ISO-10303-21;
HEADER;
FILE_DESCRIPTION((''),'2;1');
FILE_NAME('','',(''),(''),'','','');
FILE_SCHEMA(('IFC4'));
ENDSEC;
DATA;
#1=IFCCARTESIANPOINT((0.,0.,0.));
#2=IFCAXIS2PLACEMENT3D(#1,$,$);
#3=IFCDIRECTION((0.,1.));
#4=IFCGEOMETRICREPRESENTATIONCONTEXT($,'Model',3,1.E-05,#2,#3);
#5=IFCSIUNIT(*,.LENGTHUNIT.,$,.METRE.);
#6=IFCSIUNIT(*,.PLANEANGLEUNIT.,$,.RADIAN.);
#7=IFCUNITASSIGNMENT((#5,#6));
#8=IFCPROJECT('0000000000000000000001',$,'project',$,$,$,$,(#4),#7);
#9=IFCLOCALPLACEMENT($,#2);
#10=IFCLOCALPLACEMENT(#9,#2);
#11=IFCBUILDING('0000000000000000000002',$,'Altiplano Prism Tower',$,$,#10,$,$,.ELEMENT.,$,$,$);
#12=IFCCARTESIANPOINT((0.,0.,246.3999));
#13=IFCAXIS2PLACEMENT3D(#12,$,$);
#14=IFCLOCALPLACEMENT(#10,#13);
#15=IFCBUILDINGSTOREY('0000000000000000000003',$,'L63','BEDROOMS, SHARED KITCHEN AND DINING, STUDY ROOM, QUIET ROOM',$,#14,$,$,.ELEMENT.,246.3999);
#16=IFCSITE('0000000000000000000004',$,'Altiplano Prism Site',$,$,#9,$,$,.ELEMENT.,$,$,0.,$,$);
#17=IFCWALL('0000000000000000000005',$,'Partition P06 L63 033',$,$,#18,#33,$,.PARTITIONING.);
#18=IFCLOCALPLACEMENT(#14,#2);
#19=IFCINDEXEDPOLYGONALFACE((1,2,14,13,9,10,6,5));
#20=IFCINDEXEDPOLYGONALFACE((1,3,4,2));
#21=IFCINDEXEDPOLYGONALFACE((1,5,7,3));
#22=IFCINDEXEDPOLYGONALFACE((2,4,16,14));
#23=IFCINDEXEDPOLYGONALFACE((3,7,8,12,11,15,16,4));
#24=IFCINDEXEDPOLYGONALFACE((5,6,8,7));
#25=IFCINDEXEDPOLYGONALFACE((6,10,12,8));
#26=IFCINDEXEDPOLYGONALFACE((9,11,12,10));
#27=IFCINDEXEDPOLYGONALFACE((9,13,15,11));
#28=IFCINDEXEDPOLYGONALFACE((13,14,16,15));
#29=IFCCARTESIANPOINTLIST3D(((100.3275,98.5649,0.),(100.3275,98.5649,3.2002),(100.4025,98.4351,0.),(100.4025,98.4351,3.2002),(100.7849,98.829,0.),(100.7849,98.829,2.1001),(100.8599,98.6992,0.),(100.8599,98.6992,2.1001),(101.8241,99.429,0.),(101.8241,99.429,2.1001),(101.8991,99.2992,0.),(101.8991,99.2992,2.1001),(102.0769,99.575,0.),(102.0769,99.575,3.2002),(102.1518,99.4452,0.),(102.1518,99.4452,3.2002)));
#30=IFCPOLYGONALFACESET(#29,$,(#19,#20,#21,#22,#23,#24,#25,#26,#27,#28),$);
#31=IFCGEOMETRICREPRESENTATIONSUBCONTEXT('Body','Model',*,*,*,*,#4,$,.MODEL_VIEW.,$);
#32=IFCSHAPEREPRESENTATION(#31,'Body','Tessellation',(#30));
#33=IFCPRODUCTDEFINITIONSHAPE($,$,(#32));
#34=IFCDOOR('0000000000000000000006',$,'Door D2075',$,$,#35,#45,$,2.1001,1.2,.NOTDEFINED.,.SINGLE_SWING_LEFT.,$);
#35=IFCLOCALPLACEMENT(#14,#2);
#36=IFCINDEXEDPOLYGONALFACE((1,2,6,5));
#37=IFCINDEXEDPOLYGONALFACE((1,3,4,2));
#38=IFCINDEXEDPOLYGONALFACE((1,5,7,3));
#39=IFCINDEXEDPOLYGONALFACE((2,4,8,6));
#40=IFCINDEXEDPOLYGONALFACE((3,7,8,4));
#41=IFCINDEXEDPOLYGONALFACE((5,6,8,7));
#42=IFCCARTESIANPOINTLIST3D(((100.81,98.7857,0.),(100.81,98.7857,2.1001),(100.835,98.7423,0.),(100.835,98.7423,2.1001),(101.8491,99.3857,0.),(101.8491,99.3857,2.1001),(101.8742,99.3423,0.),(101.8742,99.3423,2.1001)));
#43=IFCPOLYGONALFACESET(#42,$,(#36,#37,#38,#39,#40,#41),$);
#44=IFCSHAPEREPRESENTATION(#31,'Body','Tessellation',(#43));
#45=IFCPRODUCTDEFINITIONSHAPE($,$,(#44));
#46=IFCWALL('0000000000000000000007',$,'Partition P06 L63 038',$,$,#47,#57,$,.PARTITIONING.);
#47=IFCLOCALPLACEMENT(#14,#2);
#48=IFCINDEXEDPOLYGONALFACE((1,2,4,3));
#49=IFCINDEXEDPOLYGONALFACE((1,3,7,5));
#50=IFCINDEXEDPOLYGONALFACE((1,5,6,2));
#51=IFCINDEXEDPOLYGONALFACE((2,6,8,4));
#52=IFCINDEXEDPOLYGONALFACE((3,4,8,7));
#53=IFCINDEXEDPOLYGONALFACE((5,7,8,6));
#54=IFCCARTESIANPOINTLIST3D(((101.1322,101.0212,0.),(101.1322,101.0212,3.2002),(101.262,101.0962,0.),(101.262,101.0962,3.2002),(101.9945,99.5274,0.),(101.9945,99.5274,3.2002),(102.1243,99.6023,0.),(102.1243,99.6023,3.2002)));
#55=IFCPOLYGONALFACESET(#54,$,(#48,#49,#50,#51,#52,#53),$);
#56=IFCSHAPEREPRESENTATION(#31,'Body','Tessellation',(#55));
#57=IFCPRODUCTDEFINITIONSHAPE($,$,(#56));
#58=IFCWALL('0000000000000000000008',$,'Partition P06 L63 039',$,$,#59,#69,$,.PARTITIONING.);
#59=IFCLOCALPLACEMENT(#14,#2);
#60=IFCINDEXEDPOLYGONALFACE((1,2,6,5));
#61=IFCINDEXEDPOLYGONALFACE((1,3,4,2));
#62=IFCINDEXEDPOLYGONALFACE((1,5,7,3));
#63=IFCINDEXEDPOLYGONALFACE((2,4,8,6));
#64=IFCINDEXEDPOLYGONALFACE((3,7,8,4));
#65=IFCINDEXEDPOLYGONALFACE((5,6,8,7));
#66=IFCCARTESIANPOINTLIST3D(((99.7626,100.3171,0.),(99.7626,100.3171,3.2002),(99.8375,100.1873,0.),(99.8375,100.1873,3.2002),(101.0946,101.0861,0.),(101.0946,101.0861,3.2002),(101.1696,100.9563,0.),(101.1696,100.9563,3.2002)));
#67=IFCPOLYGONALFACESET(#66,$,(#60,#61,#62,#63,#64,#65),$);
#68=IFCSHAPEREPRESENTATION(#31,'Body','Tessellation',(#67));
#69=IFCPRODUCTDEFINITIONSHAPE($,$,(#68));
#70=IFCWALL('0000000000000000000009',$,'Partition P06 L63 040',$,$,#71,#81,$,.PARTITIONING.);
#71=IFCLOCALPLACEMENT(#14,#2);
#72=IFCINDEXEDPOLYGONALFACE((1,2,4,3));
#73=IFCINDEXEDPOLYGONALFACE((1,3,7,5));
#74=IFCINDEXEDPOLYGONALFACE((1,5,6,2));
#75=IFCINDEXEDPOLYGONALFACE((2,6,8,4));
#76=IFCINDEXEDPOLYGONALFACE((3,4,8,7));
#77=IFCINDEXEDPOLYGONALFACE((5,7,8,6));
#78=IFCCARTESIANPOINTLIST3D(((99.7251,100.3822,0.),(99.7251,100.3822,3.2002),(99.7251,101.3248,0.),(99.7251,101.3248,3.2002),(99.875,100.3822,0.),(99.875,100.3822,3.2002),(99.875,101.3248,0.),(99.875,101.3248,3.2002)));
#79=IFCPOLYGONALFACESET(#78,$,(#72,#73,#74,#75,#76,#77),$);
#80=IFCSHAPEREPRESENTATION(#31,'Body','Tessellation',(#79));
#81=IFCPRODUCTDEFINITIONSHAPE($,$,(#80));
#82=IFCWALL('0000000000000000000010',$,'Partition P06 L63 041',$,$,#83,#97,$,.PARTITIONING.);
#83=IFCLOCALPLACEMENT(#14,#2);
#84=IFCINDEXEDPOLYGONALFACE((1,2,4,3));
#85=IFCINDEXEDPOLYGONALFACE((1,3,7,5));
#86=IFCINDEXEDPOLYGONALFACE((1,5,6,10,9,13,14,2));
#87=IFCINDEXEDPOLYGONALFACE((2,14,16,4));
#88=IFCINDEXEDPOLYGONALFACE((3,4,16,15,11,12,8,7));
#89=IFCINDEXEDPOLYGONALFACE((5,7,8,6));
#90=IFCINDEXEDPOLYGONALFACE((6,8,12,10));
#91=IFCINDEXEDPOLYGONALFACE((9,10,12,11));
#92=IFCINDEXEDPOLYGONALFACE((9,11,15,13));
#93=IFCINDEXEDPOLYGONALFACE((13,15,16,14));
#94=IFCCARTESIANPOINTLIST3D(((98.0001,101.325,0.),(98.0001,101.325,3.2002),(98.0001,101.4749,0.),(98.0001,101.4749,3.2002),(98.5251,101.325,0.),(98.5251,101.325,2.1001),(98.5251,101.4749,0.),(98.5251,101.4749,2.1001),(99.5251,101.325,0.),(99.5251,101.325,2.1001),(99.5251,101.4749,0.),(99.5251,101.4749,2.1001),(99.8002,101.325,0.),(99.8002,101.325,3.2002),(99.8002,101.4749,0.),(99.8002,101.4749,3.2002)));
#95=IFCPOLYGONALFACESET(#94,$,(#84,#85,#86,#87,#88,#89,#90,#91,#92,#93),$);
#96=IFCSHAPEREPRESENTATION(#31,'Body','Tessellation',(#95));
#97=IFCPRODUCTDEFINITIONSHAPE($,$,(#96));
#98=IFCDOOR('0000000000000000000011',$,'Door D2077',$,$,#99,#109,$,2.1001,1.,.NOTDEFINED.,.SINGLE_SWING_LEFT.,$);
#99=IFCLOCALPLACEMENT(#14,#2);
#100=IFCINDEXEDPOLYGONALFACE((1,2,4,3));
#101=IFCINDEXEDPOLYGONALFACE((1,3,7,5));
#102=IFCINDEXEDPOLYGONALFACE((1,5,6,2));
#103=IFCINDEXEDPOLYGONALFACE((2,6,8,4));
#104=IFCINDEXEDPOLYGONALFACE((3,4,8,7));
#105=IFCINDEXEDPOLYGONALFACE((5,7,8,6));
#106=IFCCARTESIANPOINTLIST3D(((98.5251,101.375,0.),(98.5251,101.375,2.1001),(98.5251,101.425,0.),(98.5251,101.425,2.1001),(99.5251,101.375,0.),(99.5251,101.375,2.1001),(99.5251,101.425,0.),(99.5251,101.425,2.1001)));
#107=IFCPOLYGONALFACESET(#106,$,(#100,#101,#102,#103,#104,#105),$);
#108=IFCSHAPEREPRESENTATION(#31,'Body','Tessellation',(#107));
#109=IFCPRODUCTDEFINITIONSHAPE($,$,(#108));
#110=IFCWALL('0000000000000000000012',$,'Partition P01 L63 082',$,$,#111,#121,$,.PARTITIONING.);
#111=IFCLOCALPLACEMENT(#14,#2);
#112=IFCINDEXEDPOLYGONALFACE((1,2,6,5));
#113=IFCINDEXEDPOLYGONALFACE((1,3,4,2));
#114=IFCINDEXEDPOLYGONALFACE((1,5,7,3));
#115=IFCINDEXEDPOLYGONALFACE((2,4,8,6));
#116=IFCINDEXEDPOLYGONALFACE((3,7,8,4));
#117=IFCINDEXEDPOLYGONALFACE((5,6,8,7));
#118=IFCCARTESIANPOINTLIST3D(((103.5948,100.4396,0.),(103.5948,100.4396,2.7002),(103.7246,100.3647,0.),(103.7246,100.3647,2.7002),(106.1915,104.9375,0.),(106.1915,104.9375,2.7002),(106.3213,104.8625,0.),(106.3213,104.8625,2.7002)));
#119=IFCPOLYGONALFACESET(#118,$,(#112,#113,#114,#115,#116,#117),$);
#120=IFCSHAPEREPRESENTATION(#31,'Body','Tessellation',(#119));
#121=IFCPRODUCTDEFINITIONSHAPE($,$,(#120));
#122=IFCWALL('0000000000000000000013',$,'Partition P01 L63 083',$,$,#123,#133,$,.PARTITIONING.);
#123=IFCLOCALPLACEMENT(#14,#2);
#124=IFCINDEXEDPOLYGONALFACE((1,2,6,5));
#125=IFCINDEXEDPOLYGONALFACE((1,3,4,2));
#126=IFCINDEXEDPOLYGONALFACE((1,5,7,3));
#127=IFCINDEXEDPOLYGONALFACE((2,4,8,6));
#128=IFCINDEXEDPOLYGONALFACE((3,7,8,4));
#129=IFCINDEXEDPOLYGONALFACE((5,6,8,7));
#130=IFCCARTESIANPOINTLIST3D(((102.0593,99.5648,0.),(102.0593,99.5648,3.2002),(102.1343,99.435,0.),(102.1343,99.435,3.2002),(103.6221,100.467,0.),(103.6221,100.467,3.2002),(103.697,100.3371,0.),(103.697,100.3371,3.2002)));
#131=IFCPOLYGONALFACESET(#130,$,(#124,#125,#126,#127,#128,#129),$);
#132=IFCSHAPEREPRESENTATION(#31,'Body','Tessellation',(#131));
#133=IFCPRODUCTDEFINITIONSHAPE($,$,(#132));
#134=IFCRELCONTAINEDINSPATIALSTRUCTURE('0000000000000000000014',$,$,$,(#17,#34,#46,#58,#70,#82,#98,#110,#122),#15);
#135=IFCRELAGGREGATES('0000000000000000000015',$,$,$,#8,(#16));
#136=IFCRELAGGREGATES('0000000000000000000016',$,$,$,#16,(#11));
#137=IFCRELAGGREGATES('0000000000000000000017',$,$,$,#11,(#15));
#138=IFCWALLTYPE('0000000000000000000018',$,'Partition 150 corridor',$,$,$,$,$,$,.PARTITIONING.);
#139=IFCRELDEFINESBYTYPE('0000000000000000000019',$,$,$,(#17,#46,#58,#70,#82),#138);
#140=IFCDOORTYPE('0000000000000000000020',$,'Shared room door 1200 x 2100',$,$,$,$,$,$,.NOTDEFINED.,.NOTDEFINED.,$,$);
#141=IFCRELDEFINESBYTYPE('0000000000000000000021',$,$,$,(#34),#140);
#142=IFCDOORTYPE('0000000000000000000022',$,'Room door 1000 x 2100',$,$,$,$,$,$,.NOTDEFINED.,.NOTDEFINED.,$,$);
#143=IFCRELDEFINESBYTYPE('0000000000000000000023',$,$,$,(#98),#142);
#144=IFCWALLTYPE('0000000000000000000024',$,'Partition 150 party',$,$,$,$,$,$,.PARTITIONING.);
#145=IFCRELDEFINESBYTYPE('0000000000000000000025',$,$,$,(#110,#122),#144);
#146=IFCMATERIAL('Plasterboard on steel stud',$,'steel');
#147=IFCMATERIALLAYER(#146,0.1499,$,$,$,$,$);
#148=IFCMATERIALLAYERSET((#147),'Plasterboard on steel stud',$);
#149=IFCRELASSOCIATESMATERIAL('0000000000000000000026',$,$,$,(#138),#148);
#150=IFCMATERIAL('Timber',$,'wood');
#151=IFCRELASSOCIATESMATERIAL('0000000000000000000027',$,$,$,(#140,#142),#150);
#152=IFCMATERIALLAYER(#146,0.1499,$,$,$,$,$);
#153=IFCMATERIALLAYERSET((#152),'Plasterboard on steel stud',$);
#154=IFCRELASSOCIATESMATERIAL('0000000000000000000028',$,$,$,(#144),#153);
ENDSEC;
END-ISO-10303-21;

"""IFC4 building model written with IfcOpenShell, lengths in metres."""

from ifc_helpers import new_model, si_unit, direction, frame, frame_2d, origin, place, context, subcontext, project, spatial, rectangle, extrude, material, layer, layer_set, type_object, element, fill, save


model = new_model("IFC4")

# Units and contexts
model_context = context("Model", 3, precision=1e-05, world=origin(), true_north=direction((0.0, 1.0)))
body_context = subcontext(model_context, "Body", "Model", "MODEL_VIEW")
ifc_project = project(units=[si_unit("LENGTHUNIT", "METRE"), si_unit("PLANEANGLEUNIT", "RADIAN")], contexts=[model_context])

# Site, building, storey
site_placement = place(None, origin())
site = spatial("IfcSite", under=ifc_project, at=site_placement, Name="Altiplano Prism Site", CompositionType="ELEMENT", RefElevation=0.0)
building_placement = place(site_placement, origin())
building = spatial("IfcBuilding", under=site, at=building_placement, Name="Altiplano Prism Tower", CompositionType="ELEMENT")
storey_placement = place(building_placement, frame((0.0, 0.0, 246.3999)))
storey = spatial("IfcBuildingStorey", under=building, at=storey_placement, Name="L63", Description="BEDROOMS, SHARED KITCHEN AND DINING, STUDY ROOM, QUIET ROOM", CompositionType="ELEMENT", Elevation=246.3999)

# Shared definitions
ifc_material_1 = material(Name="Plasterboard on steel stud", Category="steel")
ifc_layer_1 = layer(ifc_material_1, 0.1499)
ifc_layer_set_1 = layer_set([ifc_layer_1], Name="Plasterboard on steel stud")
wall_type_1 = type_object("IfcWallType", Name="Partition 150 corridor", PredefinedType="PARTITIONING", material=ifc_layer_set_1)

# Wall, opening, door
wall_1_placement = place(storey_placement, frame((100.365, 98.5, 0.0), z_axis=(0.0, 0.0, 1.0), x_axis=(0.86601, 0.500026, 0.0)))
wall_1 = element("IfcWall", 1, at=wall_1_placement, inside=storey, type_object=wall_type_1, Name="Partition P06 L63 033", PredefinedType="PARTITIONING", context=body_context, shape_type="SweptSolid", body=[
    extrude(rectangle(XDim=2.02, YDim=0.1499, at=frame_2d((1.01, 0.0))), origin(), (0.0, 0.0, 1.0), 3.2002),
])
opening_1_placement = place(wall_1_placement, frame((0.5281, 0.0, 0.0)))
opening_1 = element("IfcOpeningElement", 2, at=opening_1_placement, cuts=wall_1, PredefinedType="OPENING", context=body_context, shape_type="SweptSolid", body=[
    extrude(rectangle(XDim=1.2, YDim=2.1001, at=frame_2d((0.6001, 1.05))), frame((0.0, 0.0854, 0.0), z_axis=(0.0, -1.0, 0.0), x_axis=(1.0, 0.0, 0.0)), (0.0, 0.0, 1.0), 0.1709),
])
ifc_material_2 = material(Name="Timber", Category="wood")
door_type_1 = type_object("IfcDoorType", Name="Shared room door 1200 x 2100", OperationType="NOTDEFINED", PredefinedType="NOTDEFINED", material=ifc_material_2)
door_1_placement = place(opening_1_placement, origin())
door_1 = element("IfcDoor", 3, at=door_1_placement, inside=storey, type_object=door_type_1, Name="Door D2075", OperationType="SINGLE_SWING_LEFT", OverallHeight=2.1001, OverallWidth=1.2, PredefinedType="NOTDEFINED", context=body_context, shape_type="SweptSolid", body=[
    extrude(rectangle(XDim=1.2, YDim=2.1001, at=frame_2d((0.6001, 1.05))), frame((0.0, 0.0249, 0.0), z_axis=(0.0, -1.0, 0.0), x_axis=(1.0, 0.0, 0.0)), (0.0, 0.0, 1.0), 0.05),
])
fill(opening_1, door_1)

# Walls
wall_2_placement = place(storey_placement, frame((102.0593, 99.5649, 0.0), z_axis=(0.0, 0.0, 1.0), x_axis=(-0.499914, 0.866075, 0.0)))
element("IfcWall", 4, at=wall_2_placement, inside=storey, type_object=wall_type_1, Name="Partition P06 L63 038", PredefinedType="PARTITIONING", context=body_context, shape_type="SweptSolid", body=[
    extrude(rectangle(XDim=1.7249, YDim=0.1499, at=frame_2d((0.8623, 0.0))), origin(), (0.0, 0.0, 1.0), 3.2002),
])
wall_3_placement = place(storey_placement, frame((101.1321, 101.0212, 0.0), z_axis=(0.0, 0.0, 1.0), x_axis=(-0.866027, -0.499997, 0.0)))
element("IfcWall", 5, at=wall_3_placement, inside=storey, type_object=wall_type_1, Name="Partition P06 L63 039", PredefinedType="PARTITIONING", context=body_context, shape_type="SweptSolid", body=[
    extrude(rectangle(XDim=1.5381, YDim=0.1499, at=frame_2d((0.769, 0.0))), origin(), (0.0, 0.0, 1.0), 3.2002),
])
wall_4_placement = place(storey_placement, frame((99.8, 100.3823, 0.0), z_axis=(0.0, 0.0, 1.0), x_axis=(0.0, 1.0, 0.0)))
element("IfcWall", 6, at=wall_4_placement, inside=storey, type_object=wall_type_1, Name="Partition P06 L63 040", PredefinedType="PARTITIONING", context=body_context, shape_type="SweptSolid", body=[
    extrude(rectangle(XDim=0.9426, YDim=0.1499, at=frame_2d((0.4712, 0.0))), origin(), (0.0, 0.0, 1.0), 3.2002),
])

# Wall, opening, door
wall_5_placement = place(storey_placement, frame((99.8, 101.3999, 0.0), z_axis=(0.0, 0.0, 1.0), x_axis=(-1.0, 0.0, 0.0)))
wall_5 = element("IfcWall", 7, at=wall_5_placement, inside=storey, type_object=wall_type_1, Name="Partition P06 L63 041", PredefinedType="PARTITIONING", context=body_context, shape_type="SweptSolid", body=[
    extrude(rectangle(XDim=1.8, YDim=0.1499, at=frame_2d((0.8999, 0.0))), origin(), (0.0, 0.0, 1.0), 3.2002),
])
opening_2_placement = place(wall_5_placement, frame((0.2749, 0.0, 0.0)))
opening_2 = element("IfcOpeningElement", 8, at=opening_2_placement, cuts=wall_5, PredefinedType="OPENING", context=body_context, shape_type="SweptSolid", body=[
    extrude(rectangle(XDim=1.0, YDim=2.1001, at=frame_2d((0.5, 1.05))), frame((0.0, 0.0854, 0.0), z_axis=(0.0, -1.0, 0.0), x_axis=(1.0, 0.0, 0.0)), (0.0, 0.0, 1.0), 0.1709),
])
door_type_2 = type_object("IfcDoorType", Name="Room door 1000 x 2100", OperationType="NOTDEFINED", PredefinedType="NOTDEFINED", material=ifc_material_2)
door_2_placement = place(opening_2_placement, origin())
door_2 = element("IfcDoor", 9, at=door_2_placement, inside=storey, type_object=door_type_2, Name="Door D2077", OperationType="SINGLE_SWING_LEFT", OverallHeight=2.1001, OverallWidth=1.0, PredefinedType="NOTDEFINED", context=body_context, shape_type="SweptSolid", body=[
    extrude(rectangle(XDim=1.0, YDim=2.1001, at=frame_2d((0.5, 1.05))), frame((0.0, 0.0249, 0.0), z_axis=(0.0, -1.0, 0.0), x_axis=(1.0, 0.0, 0.0)), (0.0, 0.0, 1.0), 0.05),
])
fill(opening_2, door_2)

# Walls
ifc_layer_2 = layer(ifc_material_1, 0.1499)
ifc_layer_set_2 = layer_set([ifc_layer_2], Name="Plasterboard on steel stud")
wall_type_2 = type_object("IfcWallType", Name="Partition 150 party", PredefinedType="PARTITIONING", material=ifc_layer_set_2)
wall_6_placement = place(storey_placement, frame((106.2563, 104.8999, 0.0), z_axis=(0.0, 0.0, 1.0), x_axis=(-0.499982, -0.866036, 0.0)))
element("IfcWall", 10, at=wall_6_placement, inside=storey, type_object=wall_type_2, Name="Partition P01 L63 082", PredefinedType="PARTITIONING", context=body_context, shape_type="SweptSolid", body=[
    extrude(rectangle(XDim=5.1936, YDim=0.1499, at=frame_2d((2.5967, 0.0))), origin(), (0.0, 0.0, 1.0), 2.7002),
])
wall_7_placement = place(storey_placement, frame((103.6597, 100.4021, 0.0), z_axis=(0.0, 0.0, 1.0), x_axis=(-0.866062, -0.499937, 0.0)))
element("IfcWall", 11, at=wall_7_placement, inside=storey, type_object=wall_type_2, Name="Partition P01 L63 083", PredefinedType="PARTITIONING", context=body_context, shape_type="SweptSolid", body=[
    extrude(rectangle(XDim=1.8044, YDim=0.1499, at=frame_2d((0.9023, 0.0))), origin(), (0.0, 0.0, 1.0), 3.2002),
])

save(model, "model.ifc")
